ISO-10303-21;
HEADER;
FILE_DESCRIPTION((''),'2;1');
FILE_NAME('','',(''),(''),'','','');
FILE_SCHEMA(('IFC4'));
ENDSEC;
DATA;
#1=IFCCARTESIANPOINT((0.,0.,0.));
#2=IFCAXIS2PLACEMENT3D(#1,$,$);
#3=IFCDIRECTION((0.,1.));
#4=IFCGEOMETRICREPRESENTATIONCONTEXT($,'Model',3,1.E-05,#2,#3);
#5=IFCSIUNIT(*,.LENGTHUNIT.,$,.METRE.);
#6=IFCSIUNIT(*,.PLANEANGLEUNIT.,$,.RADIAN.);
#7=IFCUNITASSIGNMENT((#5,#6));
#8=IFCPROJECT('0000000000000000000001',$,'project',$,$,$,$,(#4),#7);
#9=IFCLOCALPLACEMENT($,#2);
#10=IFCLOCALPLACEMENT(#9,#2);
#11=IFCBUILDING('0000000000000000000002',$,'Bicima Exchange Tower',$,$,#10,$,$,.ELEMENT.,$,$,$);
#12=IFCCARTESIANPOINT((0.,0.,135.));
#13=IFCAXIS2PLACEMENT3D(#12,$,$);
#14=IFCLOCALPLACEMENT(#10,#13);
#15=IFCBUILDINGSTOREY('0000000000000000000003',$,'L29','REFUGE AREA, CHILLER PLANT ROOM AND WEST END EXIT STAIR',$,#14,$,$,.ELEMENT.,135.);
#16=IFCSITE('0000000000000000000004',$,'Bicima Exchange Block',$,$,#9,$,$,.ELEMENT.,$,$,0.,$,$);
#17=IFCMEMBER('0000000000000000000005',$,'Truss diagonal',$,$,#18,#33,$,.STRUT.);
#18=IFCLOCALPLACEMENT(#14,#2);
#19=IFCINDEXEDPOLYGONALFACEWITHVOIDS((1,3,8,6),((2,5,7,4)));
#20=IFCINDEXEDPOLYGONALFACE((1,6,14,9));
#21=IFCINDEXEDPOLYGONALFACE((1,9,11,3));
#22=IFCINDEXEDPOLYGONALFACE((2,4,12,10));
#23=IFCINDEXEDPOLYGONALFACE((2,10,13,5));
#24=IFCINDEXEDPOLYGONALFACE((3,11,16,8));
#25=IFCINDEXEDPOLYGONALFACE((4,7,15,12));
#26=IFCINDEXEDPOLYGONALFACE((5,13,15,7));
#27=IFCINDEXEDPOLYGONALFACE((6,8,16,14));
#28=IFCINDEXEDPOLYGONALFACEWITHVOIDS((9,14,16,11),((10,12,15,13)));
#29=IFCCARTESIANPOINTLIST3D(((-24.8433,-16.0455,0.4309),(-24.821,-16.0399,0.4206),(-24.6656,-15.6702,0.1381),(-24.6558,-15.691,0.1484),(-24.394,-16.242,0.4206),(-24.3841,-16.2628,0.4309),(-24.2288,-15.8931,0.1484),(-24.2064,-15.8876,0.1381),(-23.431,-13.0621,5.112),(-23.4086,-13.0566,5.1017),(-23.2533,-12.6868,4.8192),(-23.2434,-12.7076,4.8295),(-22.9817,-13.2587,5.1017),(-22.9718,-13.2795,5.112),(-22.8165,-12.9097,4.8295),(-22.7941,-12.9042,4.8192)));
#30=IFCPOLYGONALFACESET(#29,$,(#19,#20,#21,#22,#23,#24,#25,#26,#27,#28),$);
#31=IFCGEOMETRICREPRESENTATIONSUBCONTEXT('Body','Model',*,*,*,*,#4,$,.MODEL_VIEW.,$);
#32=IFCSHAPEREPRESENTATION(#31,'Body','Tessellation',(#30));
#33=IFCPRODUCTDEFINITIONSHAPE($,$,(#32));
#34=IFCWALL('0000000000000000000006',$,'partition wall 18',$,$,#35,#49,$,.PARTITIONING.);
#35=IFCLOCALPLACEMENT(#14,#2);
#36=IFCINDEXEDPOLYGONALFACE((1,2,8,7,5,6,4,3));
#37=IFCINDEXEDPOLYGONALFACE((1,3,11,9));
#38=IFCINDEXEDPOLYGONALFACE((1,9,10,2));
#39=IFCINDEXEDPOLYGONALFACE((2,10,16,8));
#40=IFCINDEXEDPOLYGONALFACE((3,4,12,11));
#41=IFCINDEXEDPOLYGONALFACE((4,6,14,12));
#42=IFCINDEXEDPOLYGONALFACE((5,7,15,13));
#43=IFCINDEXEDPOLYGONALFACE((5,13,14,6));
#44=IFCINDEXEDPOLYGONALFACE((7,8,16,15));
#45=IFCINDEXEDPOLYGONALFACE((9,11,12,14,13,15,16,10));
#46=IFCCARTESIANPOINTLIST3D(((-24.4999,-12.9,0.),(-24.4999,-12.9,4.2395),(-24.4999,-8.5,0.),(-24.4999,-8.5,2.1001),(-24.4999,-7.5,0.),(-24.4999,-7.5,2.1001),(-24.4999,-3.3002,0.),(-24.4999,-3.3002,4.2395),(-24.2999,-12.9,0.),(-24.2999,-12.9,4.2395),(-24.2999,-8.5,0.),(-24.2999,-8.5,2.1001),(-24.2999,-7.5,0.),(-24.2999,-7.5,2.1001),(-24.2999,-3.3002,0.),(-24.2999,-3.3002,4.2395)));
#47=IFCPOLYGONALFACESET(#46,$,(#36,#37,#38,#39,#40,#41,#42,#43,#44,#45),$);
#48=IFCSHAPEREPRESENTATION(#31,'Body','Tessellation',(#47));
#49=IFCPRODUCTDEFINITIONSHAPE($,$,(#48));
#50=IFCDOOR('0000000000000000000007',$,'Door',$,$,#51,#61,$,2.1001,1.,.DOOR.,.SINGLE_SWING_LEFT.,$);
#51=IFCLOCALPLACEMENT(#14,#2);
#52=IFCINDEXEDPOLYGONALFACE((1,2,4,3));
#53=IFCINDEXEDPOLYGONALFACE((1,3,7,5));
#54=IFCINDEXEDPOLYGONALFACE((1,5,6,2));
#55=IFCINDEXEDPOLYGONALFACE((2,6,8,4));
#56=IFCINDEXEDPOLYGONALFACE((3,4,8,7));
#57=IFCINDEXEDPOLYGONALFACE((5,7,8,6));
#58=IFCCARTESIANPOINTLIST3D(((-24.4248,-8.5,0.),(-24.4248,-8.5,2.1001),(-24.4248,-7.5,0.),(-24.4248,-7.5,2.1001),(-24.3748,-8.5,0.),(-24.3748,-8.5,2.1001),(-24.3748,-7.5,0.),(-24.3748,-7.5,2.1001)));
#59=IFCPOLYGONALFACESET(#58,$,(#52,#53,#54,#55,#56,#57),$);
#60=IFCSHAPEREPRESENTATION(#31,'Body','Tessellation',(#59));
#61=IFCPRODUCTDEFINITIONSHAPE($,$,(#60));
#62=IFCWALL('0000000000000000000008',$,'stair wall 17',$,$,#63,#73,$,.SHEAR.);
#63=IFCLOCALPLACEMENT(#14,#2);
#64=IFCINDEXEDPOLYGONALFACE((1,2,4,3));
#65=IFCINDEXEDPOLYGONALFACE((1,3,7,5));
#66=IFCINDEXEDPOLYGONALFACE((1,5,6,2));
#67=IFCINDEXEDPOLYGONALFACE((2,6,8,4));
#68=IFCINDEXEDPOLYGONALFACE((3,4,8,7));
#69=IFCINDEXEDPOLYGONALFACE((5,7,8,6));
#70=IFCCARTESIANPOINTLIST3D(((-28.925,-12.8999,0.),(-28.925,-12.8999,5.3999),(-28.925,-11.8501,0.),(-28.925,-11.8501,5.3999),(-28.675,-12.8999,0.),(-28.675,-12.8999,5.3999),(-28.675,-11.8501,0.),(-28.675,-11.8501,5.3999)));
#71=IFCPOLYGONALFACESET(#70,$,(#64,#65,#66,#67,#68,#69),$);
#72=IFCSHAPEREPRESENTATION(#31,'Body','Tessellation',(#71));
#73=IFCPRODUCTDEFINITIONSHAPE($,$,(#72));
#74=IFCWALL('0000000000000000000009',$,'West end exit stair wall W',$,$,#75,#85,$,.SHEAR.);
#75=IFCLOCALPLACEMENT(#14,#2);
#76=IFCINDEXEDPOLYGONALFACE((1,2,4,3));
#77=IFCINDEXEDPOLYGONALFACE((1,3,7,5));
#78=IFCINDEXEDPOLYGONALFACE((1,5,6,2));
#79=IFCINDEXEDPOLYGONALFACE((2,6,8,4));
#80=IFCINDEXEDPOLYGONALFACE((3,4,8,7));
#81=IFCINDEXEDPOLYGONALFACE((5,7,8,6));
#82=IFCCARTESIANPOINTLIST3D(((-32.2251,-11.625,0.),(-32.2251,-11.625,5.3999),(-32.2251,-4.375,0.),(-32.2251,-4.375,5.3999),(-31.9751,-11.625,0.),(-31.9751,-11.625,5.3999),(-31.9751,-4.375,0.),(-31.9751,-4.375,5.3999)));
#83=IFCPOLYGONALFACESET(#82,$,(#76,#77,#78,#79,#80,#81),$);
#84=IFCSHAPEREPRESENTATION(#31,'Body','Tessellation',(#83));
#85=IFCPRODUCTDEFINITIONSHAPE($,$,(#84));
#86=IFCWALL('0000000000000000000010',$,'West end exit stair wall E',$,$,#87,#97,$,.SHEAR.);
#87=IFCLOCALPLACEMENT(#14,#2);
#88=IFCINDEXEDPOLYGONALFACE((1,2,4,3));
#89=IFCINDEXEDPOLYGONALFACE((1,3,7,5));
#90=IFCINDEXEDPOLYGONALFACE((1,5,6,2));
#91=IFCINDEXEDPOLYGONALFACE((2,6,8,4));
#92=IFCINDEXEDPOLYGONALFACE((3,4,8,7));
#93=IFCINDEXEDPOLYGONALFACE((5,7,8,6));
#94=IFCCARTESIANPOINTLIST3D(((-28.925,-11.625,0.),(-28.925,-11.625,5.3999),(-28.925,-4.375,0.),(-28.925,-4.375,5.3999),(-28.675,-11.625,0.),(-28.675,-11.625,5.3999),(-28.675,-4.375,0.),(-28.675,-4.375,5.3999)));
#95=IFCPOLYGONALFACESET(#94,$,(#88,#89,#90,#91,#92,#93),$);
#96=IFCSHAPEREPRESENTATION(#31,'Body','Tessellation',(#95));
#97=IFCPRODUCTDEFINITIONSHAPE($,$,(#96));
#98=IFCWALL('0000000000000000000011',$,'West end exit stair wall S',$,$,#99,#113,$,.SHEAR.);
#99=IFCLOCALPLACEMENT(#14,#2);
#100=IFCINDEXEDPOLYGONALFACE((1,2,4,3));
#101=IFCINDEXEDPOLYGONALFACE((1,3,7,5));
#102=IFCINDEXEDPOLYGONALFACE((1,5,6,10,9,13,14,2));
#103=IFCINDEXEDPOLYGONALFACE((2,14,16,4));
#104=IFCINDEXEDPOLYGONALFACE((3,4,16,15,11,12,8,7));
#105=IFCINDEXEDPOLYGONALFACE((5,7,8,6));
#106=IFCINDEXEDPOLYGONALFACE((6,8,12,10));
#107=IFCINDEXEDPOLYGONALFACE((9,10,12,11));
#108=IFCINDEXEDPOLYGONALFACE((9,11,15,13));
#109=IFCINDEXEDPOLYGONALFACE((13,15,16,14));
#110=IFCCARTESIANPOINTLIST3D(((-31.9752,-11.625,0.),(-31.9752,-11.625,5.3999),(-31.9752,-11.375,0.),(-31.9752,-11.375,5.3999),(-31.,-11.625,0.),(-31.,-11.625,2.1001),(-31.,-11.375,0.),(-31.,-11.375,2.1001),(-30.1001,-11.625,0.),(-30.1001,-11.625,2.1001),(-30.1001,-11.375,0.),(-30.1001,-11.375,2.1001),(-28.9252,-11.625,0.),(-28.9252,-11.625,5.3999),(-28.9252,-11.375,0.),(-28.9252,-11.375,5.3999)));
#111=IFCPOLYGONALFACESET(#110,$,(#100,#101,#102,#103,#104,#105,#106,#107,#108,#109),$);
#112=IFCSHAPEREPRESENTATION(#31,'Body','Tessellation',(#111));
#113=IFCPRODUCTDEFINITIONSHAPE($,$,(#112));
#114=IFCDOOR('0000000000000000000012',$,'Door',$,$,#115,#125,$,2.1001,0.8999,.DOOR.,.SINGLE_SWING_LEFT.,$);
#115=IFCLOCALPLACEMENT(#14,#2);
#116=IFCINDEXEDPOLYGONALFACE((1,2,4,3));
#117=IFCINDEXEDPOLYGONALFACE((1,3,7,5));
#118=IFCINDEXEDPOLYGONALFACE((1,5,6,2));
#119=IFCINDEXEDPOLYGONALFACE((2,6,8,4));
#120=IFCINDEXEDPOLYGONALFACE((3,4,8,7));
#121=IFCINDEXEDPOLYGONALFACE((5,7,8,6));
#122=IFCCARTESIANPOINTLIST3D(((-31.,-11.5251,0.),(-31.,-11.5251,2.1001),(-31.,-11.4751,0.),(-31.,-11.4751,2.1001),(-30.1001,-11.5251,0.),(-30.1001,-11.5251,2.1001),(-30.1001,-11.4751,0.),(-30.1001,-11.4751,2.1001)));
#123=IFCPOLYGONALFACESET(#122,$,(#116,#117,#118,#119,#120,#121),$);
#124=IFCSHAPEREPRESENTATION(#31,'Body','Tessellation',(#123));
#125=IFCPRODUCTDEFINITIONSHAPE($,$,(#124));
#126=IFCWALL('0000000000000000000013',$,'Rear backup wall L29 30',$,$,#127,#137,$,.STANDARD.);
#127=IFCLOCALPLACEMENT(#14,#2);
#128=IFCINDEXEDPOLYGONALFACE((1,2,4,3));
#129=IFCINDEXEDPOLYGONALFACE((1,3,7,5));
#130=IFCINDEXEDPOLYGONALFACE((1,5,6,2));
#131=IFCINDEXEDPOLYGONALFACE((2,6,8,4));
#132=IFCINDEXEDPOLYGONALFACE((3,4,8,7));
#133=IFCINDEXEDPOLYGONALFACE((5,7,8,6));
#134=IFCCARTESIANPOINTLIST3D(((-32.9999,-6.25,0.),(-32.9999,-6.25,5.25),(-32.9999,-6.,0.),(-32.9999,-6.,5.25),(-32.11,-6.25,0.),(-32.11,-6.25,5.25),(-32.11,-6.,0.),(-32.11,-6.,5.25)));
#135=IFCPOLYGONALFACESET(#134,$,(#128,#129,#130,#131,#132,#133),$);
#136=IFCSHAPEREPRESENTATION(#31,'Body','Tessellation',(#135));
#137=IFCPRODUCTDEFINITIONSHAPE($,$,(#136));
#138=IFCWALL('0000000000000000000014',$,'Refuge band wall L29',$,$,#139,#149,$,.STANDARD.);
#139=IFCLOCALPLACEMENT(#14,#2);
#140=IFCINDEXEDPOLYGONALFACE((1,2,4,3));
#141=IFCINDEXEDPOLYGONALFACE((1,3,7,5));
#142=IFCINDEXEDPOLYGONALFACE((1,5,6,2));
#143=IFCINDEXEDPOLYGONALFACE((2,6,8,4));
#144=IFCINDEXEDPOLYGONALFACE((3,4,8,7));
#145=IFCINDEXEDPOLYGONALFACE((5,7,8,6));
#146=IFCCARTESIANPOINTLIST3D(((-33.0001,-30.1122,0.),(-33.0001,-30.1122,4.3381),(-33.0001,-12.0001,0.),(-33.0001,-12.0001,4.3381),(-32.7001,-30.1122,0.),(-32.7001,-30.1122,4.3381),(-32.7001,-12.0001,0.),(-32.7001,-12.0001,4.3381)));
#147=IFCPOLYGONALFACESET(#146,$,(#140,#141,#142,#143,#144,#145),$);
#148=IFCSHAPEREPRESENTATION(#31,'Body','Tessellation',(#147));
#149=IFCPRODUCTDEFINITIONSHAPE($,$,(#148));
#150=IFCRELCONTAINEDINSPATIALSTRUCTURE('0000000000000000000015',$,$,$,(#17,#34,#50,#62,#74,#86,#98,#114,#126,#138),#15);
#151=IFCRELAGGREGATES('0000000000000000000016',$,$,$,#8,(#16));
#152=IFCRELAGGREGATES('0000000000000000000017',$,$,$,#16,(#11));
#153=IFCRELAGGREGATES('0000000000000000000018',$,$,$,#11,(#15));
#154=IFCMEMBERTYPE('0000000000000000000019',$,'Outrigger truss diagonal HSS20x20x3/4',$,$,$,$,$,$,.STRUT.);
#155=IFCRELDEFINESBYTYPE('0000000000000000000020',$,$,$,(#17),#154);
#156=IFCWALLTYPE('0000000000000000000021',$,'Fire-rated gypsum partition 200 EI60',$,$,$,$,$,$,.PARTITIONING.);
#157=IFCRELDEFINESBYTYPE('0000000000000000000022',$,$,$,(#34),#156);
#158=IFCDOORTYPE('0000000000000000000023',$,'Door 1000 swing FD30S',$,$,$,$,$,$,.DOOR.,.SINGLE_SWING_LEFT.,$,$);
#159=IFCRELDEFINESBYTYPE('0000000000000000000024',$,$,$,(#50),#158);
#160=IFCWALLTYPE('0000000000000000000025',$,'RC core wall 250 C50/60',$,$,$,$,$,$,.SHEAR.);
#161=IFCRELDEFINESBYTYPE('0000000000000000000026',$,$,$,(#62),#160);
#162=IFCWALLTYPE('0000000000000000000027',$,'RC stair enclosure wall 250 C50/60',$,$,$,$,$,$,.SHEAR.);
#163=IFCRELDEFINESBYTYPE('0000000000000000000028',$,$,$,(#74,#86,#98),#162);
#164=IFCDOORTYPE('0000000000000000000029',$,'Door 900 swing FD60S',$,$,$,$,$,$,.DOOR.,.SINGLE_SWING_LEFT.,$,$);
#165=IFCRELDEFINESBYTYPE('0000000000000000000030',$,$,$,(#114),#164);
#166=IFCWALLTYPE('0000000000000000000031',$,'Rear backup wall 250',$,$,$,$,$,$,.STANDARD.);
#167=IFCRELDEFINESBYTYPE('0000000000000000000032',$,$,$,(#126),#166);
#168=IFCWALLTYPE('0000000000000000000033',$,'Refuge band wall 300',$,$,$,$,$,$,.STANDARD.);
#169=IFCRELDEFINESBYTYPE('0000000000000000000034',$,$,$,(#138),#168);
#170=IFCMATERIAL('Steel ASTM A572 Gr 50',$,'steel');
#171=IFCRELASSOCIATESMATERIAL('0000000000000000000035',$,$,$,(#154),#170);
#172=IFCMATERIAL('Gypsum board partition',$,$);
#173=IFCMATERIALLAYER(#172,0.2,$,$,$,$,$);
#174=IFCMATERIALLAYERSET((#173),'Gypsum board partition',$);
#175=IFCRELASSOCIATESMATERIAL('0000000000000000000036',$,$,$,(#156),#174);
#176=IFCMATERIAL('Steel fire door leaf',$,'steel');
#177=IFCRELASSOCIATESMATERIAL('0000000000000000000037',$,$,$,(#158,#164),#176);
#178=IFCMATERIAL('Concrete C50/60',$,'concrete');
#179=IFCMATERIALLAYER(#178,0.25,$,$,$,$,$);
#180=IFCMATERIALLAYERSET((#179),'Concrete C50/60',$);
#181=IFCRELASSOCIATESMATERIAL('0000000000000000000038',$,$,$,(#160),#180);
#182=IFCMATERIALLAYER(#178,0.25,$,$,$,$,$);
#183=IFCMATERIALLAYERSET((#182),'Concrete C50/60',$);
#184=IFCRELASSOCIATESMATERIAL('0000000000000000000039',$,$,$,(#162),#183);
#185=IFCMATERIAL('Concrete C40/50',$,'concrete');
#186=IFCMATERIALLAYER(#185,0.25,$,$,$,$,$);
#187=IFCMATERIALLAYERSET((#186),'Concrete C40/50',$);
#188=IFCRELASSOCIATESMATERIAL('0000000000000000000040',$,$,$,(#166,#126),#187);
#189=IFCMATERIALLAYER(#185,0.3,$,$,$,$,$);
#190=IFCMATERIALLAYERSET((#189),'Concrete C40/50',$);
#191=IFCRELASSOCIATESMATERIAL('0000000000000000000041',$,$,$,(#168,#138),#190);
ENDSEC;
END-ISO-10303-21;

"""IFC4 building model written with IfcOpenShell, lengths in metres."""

from ifc_helpers import new_model, si_unit, direction, frame, frame_2d, origin, origin_2d, place, context, subcontext, project, spatial, rectangle, hollow_rectangle, extrude, material, layer, layer_set, layer_usage, material_profile, profile_set, type_object, element, fill, save


model = new_model("IFC4")

# Units and contexts
model_context = context("Model", 3, precision=1e-05, world=origin(), true_north=direction((0.0, 1.0)))
body_context = subcontext(model_context, "Body", "Model", "MODEL_VIEW")
ifc_project = project(units=[si_unit("LENGTHUNIT", "METRE"), si_unit("PLANEANGLEUNIT", "RADIAN")], contexts=[model_context])

# Site, building, storey
site_placement = place(None, origin())
site = spatial("IfcSite", under=ifc_project, at=site_placement, Name="Bicima Exchange Block", CompositionType="ELEMENT", RefElevation=0.0)
building_placement = place(site_placement, origin())
building = spatial("IfcBuilding", under=site, at=building_placement, Name="Bicima Exchange Tower", CompositionType="ELEMENT")
storey_placement = place(building_placement, frame((0.0, 0.0, 135.0)))
storey = spatial("IfcBuildingStorey", under=building, at=storey_placement, Name="L29", Description="REFUGE AREA, CHILLER PLANT ROOM AND WEST END EXIT STAIR", CompositionType="ELEMENT", Elevation=135.0)

# Member
ifc_material_1 = material(Name="Steel ASTM A572 Gr 50", Category="steel")
ifc_material_profile = material_profile(ifc_material_1, hollow_rectangle(XDim=0.5081, YDim=0.5081, WallThickness=0.0178, at=origin_2d()))
ifc_profile_set = profile_set([ifc_material_profile], Name="Steel ASTM A572 Gr 50")
member_type = type_object("IfcMemberType", Name="Outrigger truss diagonal HSS20x20x3/4", PredefinedType="STRUT", material=ifc_profile_set)
member_placement = place(storey_placement, frame((-23.1125, -12.9832, 4.9656), z_axis=(-0.246575, -0.520856, -0.817258), x_axis=(0.903836, -0.42788, 0.0)))
element("IfcMember", 1, at=member_placement, inside=storey, type_object=member_type, Name="Truss diagonal", PredefinedType="STRUT", context=body_context, shape_type="SweptSolid", body=[
    extrude(hollow_rectangle(XDim=0.5081, YDim=0.5081, WallThickness=0.0178, at=origin_2d()), origin(), (0.0, 0.0, 1.0), 5.7278),
])

# Wall, opening, door
ifc_material_2 = material(Name="Gypsum board partition")
ifc_layer_1 = layer(ifc_material_2, 0.2)
ifc_layer_set_1 = layer_set([ifc_layer_1], Name="Gypsum board partition")
wall_type_1 = type_object("IfcWallType", Name="Fire-rated gypsum partition 200 EI60", PredefinedType="PARTITIONING", material=ifc_layer_set_1)
wall_1_placement = place(storey_placement, frame((-24.3999, -12.8999, 0.0), z_axis=(0.0, 0.0, 1.0), x_axis=(0.0, 1.0, 0.0)))
wall_1 = element("IfcWall", 2, at=wall_1_placement, inside=storey, type_object=wall_type_1, Name="partition wall 18", PredefinedType="PARTITIONING", context=body_context, shape_type="SweptSolid", body=[
    extrude(rectangle(XDim=9.5999, YDim=0.2, at=frame_2d((4.7998, 0.0))), origin(), (0.0, 0.0, 1.0), 4.2395),
])
opening_1_placement = place(wall_1_placement, frame((4.3999, 0.0, 0.0)))
opening_1 = element("IfcOpeningElement", 3, at=opening_1_placement, cuts=wall_1, PredefinedType="OPENING", context=body_context, shape_type="SweptSolid", body=[
    extrude(rectangle(XDim=1.0, YDim=2.1001, at=frame_2d((0.5, 1.05))), frame((0.0, 0.1118, 0.0), z_axis=(0.0, -1.0, 0.0), x_axis=(1.0, 0.0, 0.0)), (0.0, 0.0, 1.0), 0.2239),
])
ifc_material_3 = material(Name="Steel fire door leaf", Category="steel")
door_type_1 = type_object("IfcDoorType", Name="Door 1000 swing FD30S", OperationType="SINGLE_SWING_LEFT", PredefinedType="DOOR", material=ifc_material_3)
door_1_placement = place(opening_1_placement, origin())
door_1 = element("IfcDoor", 4, at=door_1_placement, inside=storey, type_object=door_type_1, Name="Door", OperationType="SINGLE_SWING_LEFT", OverallHeight=2.1001, OverallWidth=1.0, PredefinedType="DOOR", context=body_context, shape_type="SweptSolid", body=[
    extrude(rectangle(XDim=1.0, YDim=2.1001, at=frame_2d((0.5, 1.05))), frame((0.0, 0.0249, 0.0), z_axis=(0.0, -1.0, 0.0), x_axis=(1.0, 0.0, 0.0)), (0.0, 0.0, 1.0), 0.05),
])
fill(opening_1, door_1)

# Walls
ifc_material_4 = material(Name="Concrete C50/60", Category="concrete")
ifc_layer_2 = layer(ifc_material_4, 0.25)
ifc_layer_set_2 = layer_set([ifc_layer_2], Name="Concrete C50/60")
wall_type_2 = type_object("IfcWallType", Name="RC core wall 250 C50/60", PredefinedType="SHEAR", material=ifc_layer_set_2)
wall_2_placement = place(storey_placement, frame((-28.8, -12.8999, 0.0), z_axis=(0.0, 0.0, 1.0), x_axis=(0.0, 1.0, 0.0)))
element("IfcWall", 5, at=wall_2_placement, inside=storey, type_object=wall_type_2, Name="stair wall 17", PredefinedType="SHEAR", context=body_context, shape_type="SweptSolid", body=[
    extrude(rectangle(XDim=1.0498, YDim=0.25, at=frame_2d((0.5249, 0.0))), origin(), (0.0, 0.0, 1.0), 5.3999),
])
ifc_layer_3 = layer(ifc_material_4, 0.25)
ifc_layer_set_3 = layer_set([ifc_layer_3], Name="Concrete C50/60")
wall_type_3 = type_object("IfcWallType", Name="RC stair enclosure wall 250 C50/60", PredefinedType="SHEAR", material=ifc_layer_set_3)
for number, where, z_axis, x_axis, name in (
    (6, (-32.1001, -11.625, 0.0), (0.0, 0.0, 1.0), (0.0, 1.0, 0.0), "West end exit stair wall W"),
    (7, (-28.8, -11.625, 0.0), (0.0, 0.0, 1.0), (0.0, 1.0, 0.0), "West end exit stair wall E"),
):
    element("IfcWall", number, at=place(storey_placement, frame(where, z_axis=z_axis, x_axis=x_axis)), inside=storey, type_object=wall_type_3, Name=name, PredefinedType="SHEAR", context=body_context, shape_type="SweptSolid", body=[
        extrude(rectangle(XDim=7.25, YDim=0.25, at=frame_2d((3.625, 0.0))), origin(), (0.0, 0.0, 1.0), 5.3999),
    ])

# Wall, opening, door
wall_3_placement = place(storey_placement, frame((-31.9751, -11.5, 0.0), z_axis=(0.0, 0.0, 1.0), x_axis=(1.0, 0.0, 0.0)))
wall_3 = element("IfcWall", 8, at=wall_3_placement, inside=storey, type_object=wall_type_3, Name="West end exit stair wall S", PredefinedType="SHEAR", context=body_context, shape_type="SweptSolid", body=[
    extrude(rectangle(XDim=3.05, YDim=0.25, at=frame_2d((1.5249, 0.0))), origin(), (0.0, 0.0, 1.0), 5.3999),
])
opening_2_placement = place(wall_3_placement, frame((0.9751, 0.0, 0.0)))
opening_2 = element("IfcOpeningElement", 9, at=opening_2_placement, cuts=wall_3, PredefinedType="OPENING", context=body_context, shape_type="SweptSolid", body=[
    extrude(rectangle(XDim=0.8999, YDim=2.1001, at=frame_2d((0.45, 1.05))), frame((0.0, 0.137, 0.0), z_axis=(0.0, -1.0, 0.0), x_axis=(1.0, 0.0, 0.0)), (0.0, 0.0, 1.0), 0.2739),
])
door_type_2 = type_object("IfcDoorType", Name="Door 900 swing FD60S", OperationType="SINGLE_SWING_LEFT", PredefinedType="DOOR", material=ifc_material_3)
door_2_placement = place(opening_2_placement, origin())
door_2 = element("IfcDoor", 10, at=door_2_placement, inside=storey, type_object=door_type_2, Name="Door", OperationType="SINGLE_SWING_LEFT", OverallHeight=2.1001, OverallWidth=0.8999, PredefinedType="DOOR", context=body_context, shape_type="SweptSolid", body=[
    extrude(rectangle(XDim=0.8999, YDim=2.1001, at=frame_2d((0.45, 1.05))), frame((0.0, 0.0249, 0.0), z_axis=(0.0, -1.0, 0.0), x_axis=(1.0, 0.0, 0.0)), (0.0, 0.0, 1.0), 0.05),
])
fill(opening_2, door_2)

# Walls
ifc_material_5 = material(Name="Concrete C40/50", Category="concrete")
ifc_layer_4 = layer(ifc_material_5, 0.25)
ifc_layer_set_4 = layer_set([ifc_layer_4], Name="Concrete C40/50")
ifc_layer_usage_1 = layer_usage(ifc_layer_set_4, "AXIS2", "POSITIVE", -0.125)
wall_type_4 = type_object("IfcWallType", Name="Rear backup wall 250", PredefinedType="STANDARD", material=ifc_layer_set_4)
wall_4_placement = place(storey_placement, frame((-32.1101, -6.125, 0.0), z_axis=(0.0, 0.0, 1.0), x_axis=(-1.0, 0.0, 0.0)))
element("IfcWall", 11, at=wall_4_placement, inside=storey, type_object=wall_type_4, material=ifc_layer_usage_1, Name="Rear backup wall L29 30", PredefinedType="STANDARD", context=body_context, shape_type="SweptSolid", body=[
    extrude(rectangle(XDim=0.8899, YDim=0.25, at=frame_2d((0.4448, 0.0))), origin(), (0.0, 0.0, 1.0), 5.25),
])
ifc_layer_5 = layer(ifc_material_5, 0.3)
ifc_layer_set_5 = layer_set([ifc_layer_5], Name="Concrete C40/50")
ifc_layer_usage_2 = layer_usage(ifc_layer_set_5, "AXIS2", "POSITIVE", -0.15)
wall_type_5 = type_object("IfcWallType", Name="Refuge band wall 300", PredefinedType="STANDARD", material=ifc_layer_set_5)
wall_5_placement = place(storey_placement, frame((-32.8501, -12.0, 0.0), z_axis=(0.0, 0.0, 1.0), x_axis=(0.0, -1.0, 0.0)))
element("IfcWall", 12, at=wall_5_placement, inside=storey, type_object=wall_type_5, material=ifc_layer_usage_2, Name="Refuge band wall L29", PredefinedType="STANDARD", context=body_context, shape_type="SweptSolid", body=[
    extrude(rectangle(XDim=18.1121, YDim=0.3, at=frame_2d((9.0562, 0.0))), origin(), (0.0, 0.0, 1.0), 4.3381),
])

save(model, "model.ifc")
